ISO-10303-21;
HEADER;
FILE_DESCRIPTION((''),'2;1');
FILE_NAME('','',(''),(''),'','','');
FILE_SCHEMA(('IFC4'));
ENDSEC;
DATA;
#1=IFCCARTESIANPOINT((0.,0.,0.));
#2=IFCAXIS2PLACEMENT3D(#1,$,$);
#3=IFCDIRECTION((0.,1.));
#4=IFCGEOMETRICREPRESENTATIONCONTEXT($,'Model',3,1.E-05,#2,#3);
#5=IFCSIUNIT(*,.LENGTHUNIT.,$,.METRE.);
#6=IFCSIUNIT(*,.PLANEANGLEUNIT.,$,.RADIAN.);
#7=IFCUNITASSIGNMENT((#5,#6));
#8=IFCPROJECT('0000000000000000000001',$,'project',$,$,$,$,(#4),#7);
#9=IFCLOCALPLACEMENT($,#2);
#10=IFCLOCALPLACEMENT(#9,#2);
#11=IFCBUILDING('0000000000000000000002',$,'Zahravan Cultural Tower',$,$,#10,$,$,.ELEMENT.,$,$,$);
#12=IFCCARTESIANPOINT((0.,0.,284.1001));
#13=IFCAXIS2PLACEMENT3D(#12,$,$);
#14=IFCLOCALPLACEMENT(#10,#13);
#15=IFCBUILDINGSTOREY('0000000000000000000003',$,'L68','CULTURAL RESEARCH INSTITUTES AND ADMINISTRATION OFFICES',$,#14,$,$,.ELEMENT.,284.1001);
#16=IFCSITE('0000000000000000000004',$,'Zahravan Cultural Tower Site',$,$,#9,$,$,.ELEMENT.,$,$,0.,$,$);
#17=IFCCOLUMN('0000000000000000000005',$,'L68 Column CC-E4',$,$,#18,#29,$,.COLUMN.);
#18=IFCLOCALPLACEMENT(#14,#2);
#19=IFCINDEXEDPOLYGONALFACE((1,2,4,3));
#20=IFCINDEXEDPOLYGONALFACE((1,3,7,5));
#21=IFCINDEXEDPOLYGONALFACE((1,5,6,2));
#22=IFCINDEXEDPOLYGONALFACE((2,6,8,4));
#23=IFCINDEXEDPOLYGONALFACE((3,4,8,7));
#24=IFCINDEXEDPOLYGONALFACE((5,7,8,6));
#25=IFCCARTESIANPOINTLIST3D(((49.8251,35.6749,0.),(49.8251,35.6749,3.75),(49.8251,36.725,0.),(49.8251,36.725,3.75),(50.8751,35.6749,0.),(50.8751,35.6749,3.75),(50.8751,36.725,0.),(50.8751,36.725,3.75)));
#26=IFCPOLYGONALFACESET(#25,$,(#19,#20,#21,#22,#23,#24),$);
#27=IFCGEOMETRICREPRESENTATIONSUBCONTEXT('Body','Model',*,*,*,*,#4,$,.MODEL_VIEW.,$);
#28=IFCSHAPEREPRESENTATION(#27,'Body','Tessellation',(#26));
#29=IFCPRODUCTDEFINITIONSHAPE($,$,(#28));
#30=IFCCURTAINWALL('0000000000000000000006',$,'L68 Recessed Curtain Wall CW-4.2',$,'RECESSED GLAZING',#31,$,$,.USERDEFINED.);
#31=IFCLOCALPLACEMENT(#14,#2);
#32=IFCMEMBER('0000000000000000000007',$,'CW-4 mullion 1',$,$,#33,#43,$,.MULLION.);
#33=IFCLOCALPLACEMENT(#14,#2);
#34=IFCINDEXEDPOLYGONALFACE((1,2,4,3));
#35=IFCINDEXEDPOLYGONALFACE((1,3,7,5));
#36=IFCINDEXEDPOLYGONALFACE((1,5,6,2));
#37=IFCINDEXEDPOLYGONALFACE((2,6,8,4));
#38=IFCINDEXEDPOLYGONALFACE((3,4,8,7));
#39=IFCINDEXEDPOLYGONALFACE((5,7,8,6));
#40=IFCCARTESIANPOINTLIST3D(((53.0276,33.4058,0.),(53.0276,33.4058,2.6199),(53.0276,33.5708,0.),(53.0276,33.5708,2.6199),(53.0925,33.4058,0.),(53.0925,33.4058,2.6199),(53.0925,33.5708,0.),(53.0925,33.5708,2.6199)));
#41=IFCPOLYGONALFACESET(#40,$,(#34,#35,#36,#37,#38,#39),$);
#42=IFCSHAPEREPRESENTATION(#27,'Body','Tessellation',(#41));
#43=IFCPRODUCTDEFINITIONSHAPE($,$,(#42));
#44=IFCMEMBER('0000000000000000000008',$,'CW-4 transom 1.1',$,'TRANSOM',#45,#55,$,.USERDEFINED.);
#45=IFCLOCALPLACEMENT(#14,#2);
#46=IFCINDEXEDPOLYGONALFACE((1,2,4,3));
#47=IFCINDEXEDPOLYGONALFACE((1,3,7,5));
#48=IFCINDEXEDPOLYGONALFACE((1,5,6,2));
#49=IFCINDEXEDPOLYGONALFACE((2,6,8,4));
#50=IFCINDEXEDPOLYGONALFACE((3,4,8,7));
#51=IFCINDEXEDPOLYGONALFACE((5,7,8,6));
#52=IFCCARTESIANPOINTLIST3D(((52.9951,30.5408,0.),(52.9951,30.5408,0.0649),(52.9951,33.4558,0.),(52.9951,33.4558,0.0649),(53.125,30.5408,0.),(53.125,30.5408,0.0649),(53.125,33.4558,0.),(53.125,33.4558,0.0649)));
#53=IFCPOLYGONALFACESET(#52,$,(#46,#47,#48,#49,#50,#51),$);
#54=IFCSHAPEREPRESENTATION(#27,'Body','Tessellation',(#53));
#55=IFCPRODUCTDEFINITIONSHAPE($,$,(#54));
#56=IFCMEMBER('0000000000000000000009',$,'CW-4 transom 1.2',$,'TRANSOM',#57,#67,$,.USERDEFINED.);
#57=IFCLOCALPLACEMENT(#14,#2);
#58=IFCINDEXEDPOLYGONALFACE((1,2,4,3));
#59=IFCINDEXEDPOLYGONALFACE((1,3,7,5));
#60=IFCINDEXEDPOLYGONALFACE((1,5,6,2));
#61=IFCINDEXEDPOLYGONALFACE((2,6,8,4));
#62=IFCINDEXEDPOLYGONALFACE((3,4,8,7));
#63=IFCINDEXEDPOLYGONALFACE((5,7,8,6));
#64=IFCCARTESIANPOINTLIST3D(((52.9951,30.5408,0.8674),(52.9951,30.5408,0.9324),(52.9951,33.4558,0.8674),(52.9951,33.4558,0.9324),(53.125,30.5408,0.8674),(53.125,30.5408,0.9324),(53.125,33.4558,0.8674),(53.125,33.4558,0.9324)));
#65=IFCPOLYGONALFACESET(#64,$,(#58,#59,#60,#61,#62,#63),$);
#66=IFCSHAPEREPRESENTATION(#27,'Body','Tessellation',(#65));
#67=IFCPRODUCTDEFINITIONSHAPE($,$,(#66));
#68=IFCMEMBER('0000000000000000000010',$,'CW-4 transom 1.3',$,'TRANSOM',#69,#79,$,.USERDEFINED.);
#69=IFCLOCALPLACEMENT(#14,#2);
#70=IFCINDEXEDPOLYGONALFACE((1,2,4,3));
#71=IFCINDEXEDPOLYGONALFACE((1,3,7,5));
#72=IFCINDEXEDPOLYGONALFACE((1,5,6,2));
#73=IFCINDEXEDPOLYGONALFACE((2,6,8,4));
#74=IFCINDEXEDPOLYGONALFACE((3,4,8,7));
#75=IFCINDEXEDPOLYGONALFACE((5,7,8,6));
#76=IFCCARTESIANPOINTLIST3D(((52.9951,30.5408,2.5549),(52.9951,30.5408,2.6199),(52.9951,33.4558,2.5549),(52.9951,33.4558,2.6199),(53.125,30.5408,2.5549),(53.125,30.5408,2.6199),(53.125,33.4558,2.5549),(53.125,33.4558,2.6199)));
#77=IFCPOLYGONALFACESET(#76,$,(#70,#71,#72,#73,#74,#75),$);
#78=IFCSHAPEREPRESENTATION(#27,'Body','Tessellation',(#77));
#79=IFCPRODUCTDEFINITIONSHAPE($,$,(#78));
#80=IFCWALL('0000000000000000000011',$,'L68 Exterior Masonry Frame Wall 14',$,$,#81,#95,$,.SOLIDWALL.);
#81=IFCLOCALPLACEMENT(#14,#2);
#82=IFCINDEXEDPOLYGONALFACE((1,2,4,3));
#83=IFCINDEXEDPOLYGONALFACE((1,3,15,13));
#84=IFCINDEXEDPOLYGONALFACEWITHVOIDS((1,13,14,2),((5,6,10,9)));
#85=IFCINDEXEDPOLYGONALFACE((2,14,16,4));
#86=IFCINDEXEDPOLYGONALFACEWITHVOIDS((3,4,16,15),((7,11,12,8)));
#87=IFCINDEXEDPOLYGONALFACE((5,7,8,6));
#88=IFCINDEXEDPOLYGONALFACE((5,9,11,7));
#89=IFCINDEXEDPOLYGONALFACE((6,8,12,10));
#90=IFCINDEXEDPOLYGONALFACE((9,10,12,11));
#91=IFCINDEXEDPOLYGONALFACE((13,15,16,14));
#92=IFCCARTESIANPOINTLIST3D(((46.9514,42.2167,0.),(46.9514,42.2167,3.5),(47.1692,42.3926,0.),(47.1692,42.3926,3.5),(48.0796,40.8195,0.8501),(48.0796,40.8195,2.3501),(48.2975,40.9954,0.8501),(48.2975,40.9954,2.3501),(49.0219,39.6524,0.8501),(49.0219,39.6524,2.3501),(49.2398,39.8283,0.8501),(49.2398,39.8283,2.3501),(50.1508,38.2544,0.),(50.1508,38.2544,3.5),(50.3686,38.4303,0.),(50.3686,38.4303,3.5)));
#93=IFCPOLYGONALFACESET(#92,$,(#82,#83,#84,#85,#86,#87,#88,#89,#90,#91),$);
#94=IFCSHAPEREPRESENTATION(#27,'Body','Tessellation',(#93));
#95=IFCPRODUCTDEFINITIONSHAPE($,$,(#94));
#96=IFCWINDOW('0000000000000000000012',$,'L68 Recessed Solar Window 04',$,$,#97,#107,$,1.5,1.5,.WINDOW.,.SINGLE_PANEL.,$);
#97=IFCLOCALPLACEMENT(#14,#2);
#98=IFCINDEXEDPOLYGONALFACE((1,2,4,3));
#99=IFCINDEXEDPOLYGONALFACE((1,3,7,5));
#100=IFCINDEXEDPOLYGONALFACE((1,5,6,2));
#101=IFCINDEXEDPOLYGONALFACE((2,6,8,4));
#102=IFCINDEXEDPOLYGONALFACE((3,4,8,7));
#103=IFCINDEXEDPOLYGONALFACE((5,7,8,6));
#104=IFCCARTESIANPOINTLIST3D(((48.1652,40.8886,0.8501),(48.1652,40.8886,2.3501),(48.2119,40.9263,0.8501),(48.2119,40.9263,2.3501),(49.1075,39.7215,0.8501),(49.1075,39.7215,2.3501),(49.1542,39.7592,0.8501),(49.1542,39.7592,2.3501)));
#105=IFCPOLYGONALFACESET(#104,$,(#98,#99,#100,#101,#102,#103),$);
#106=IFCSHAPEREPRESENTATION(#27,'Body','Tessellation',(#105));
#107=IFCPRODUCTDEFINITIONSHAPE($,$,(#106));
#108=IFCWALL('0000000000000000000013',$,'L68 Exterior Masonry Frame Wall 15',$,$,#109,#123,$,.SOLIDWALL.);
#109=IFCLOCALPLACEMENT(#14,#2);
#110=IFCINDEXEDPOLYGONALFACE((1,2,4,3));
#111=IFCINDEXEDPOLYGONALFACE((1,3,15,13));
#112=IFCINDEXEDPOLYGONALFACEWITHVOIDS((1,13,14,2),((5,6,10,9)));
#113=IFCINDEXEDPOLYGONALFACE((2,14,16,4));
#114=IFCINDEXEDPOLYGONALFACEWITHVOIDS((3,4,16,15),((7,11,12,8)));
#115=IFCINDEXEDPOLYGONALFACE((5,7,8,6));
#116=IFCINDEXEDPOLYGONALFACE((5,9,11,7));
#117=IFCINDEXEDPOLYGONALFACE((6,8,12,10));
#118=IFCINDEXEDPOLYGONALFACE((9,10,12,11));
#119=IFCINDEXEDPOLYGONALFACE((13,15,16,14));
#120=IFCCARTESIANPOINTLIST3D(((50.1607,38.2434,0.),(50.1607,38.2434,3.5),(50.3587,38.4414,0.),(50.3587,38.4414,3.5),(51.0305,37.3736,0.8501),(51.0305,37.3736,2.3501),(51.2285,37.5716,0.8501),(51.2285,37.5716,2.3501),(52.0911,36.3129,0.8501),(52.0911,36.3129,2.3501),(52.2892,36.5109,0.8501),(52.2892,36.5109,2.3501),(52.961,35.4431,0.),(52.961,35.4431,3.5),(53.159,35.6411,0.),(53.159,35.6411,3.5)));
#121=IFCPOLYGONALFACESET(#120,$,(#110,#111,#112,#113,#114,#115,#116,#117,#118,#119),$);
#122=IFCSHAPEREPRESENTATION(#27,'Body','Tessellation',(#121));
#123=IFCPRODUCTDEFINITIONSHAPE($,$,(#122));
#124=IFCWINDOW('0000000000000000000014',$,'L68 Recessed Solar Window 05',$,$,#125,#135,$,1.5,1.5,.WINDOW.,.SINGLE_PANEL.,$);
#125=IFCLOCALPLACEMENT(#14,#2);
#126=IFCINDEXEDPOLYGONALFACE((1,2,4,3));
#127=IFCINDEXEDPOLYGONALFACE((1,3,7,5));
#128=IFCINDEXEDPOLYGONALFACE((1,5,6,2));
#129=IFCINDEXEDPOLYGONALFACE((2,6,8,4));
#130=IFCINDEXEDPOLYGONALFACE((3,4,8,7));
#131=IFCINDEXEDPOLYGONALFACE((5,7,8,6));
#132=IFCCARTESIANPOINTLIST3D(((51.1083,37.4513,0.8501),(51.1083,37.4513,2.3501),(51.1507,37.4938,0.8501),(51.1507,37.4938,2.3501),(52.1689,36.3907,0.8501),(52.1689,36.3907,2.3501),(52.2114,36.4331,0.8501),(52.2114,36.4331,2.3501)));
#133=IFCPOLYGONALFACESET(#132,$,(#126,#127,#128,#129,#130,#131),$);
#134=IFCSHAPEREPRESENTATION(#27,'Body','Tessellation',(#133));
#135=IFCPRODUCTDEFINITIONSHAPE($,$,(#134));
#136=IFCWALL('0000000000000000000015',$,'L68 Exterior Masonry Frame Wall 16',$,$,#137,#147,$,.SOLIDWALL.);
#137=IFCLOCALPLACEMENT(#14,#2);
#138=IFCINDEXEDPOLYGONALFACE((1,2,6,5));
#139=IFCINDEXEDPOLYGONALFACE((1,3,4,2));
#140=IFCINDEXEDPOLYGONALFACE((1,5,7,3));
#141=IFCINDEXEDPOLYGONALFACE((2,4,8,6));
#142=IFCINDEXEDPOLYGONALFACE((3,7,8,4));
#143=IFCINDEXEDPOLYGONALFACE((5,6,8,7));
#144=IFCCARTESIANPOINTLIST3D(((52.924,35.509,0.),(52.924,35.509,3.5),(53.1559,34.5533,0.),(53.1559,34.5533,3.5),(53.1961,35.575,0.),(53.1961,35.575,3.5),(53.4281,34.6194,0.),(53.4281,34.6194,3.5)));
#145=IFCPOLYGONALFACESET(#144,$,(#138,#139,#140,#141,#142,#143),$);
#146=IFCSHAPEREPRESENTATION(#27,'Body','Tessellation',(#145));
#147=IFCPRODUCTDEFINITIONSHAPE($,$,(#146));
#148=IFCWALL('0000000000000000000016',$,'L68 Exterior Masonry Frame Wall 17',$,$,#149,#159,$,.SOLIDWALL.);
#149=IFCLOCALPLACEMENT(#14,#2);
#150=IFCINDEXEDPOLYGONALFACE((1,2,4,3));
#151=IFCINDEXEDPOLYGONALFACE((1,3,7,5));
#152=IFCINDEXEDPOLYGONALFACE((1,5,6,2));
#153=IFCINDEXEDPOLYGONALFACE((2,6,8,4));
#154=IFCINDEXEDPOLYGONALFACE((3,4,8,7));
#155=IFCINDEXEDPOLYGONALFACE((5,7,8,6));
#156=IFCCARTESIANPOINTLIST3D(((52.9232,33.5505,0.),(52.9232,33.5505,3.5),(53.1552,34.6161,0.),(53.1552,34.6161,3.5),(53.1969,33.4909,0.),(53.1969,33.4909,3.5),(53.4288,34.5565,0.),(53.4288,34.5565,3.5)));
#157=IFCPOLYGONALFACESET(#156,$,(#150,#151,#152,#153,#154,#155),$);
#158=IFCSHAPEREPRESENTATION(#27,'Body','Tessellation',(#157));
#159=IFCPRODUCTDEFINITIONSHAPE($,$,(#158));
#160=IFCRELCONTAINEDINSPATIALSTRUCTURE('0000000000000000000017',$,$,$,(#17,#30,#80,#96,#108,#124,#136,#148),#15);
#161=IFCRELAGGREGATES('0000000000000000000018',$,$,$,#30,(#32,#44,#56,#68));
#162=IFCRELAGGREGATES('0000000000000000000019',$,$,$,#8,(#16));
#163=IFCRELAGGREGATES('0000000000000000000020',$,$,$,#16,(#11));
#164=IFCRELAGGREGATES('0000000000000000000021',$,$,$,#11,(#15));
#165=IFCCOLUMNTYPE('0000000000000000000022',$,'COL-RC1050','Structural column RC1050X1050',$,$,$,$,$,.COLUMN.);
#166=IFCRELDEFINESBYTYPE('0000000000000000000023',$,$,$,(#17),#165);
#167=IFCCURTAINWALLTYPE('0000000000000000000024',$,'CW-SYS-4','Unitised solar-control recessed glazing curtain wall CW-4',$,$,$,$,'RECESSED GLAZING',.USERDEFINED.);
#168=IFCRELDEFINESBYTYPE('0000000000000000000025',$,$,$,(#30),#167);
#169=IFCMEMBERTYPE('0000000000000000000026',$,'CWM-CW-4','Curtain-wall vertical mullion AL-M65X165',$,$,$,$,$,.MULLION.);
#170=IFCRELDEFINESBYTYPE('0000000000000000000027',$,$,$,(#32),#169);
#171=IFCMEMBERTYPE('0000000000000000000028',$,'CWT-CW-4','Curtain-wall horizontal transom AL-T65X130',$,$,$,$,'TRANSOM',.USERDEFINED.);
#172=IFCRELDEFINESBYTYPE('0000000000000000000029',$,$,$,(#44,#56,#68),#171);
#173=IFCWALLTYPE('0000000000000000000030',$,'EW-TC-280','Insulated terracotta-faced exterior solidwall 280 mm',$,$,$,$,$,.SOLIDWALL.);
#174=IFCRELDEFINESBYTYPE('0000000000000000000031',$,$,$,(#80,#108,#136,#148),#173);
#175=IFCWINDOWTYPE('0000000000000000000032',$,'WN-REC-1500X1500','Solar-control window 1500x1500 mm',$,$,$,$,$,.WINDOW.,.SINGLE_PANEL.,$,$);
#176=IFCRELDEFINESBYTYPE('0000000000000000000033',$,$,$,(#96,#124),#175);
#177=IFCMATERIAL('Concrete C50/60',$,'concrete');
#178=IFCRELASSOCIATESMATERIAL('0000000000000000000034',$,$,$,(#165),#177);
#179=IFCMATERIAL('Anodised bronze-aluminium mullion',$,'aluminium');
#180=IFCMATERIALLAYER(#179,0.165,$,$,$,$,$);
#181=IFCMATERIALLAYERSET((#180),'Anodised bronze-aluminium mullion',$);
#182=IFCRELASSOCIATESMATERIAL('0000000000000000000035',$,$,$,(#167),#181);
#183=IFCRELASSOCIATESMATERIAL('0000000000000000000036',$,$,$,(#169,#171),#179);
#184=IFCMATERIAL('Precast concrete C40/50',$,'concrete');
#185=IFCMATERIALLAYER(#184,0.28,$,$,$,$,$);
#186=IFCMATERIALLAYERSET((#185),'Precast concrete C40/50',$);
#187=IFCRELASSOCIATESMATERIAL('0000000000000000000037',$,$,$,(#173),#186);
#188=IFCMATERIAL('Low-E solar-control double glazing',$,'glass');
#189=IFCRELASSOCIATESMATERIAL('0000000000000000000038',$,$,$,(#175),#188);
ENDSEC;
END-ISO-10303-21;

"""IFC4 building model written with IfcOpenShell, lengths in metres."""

from ifc_helpers import new_model, si_unit, direction, frame, frame_2d, origin, origin_2d, place, context, subcontext, project, spatial, rectangle, extrude, source, transform, mapped, material, layer, layer_set, material_profile, profile_set, type_object, element, fill, aggregate, save


model = new_model("IFC4")

# Units and contexts
model_context = context("Model", 3, precision=1e-05, world=origin(), true_north=direction((0.0, 1.0)))
body_context = subcontext(model_context, "Body", "Model", "MODEL_VIEW")
ifc_project = project(units=[si_unit("LENGTHUNIT", "METRE"), si_unit("PLANEANGLEUNIT", "RADIAN")], contexts=[model_context])

# Site, building, storey
site_placement = place(None, origin())
site = spatial("IfcSite", under=ifc_project, at=site_placement, Name="Zahravan Cultural Tower Site", CompositionType="ELEMENT", RefElevation=0.0)
building_placement = place(site_placement, origin())
building = spatial("IfcBuilding", under=site, at=building_placement, Name="Zahravan Cultural Tower", CompositionType="ELEMENT")
storey_placement = place(building_placement, frame((0.0, 0.0, 284.1001)))
storey = spatial("IfcBuildingStorey", under=building, at=storey_placement, Name="L68", Description="CULTURAL RESEARCH INSTITUTES AND ADMINISTRATION OFFICES", CompositionType="ELEMENT", Elevation=284.1001)

# Column
ifc_material_1 = material(Name="Concrete C50/60", Category="concrete")
ifc_material_profile_1 = material_profile(ifc_material_1, rectangle(XDim=1.05, YDim=1.05, at=origin_2d()), Name="RC1050X1050")
ifc_profile_set_1 = profile_set([ifc_material_profile_1], Name="Concrete C50/60")
column_type = type_object("IfcColumnType", Name="COL-RC1050", Description="Structural column RC1050X1050", PredefinedType="COLUMN", material=ifc_profile_set_1)
shared_shape_1 = source(origin(), body_context, "Body", "SweptSolid", [
    extrude(rectangle(XDim=1.05, YDim=1.05, at=origin_2d()), origin(), (0.0, 0.0, 1.0), 3.75),
])
column_placement = place(storey_placement, frame((50.3501, 36.2, 0.0), z_axis=(0.0, 0.0, 1.0), x_axis=(1.0, 0.0, 0.0)))
element("IfcColumn", 1, at=column_placement, inside=storey, type_object=column_type, Name="L68 Column CC-E4", PredefinedType="COLUMN", context=body_context, shape_type="MappedRepresentation", body=[
    mapped(shared_shape_1, transform((0.0, 0.0, 0.0), x_axis=(1.0, 0.0, 0.0), y_axis=(0.0, 1.0, 0.0), z_axis=(0.0, 0.0, 1.0), scale=1.0)),
])

# Curtain wall, members
ifc_material_2 = material(Name="Anodised bronze-aluminium mullion", Category="aluminium")
ifc_layer_1 = layer(ifc_material_2, 0.165)
ifc_layer_set_1 = layer_set([ifc_layer_1], Name="Anodised bronze-aluminium mullion")
curtain_wall_type = type_object("IfcCurtainWallType", Name="CW-SYS-4", Description="Unitised solar-control recessed glazing curtain wall CW-4", ElementType="RECESSED GLAZING", PredefinedType="USERDEFINED", material=ifc_layer_set_1)
curtain_wall_placement = place(storey_placement, origin())
curtain_wall = element("IfcCurtainWall", 2, at=curtain_wall_placement, inside=storey, type_object=curtain_wall_type, Name="L68 Recessed Curtain Wall CW-4.2", ObjectType="RECESSED GLAZING", PredefinedType="USERDEFINED")
ifc_material_profile_2 = material_profile(ifc_material_2, rectangle(XDim=0.0649, YDim=0.165, at=origin_2d()), Name="AL-M65X165")
ifc_profile_set_2 = profile_set([ifc_material_profile_2], Name="Anodised bronze-aluminium mullion")
member_type_1 = type_object("IfcMemberType", Name="CWM-CW-4", Description="Curtain-wall vertical mullion AL-M65X165", PredefinedType="MULLION", material=ifc_profile_set_2)
shared_shape_2 = source(origin(), body_context, "Body", "SweptSolid", [
    extrude(rectangle(XDim=0.0649, YDim=0.165, at=origin_2d()), origin(), (0.0, 0.0, 1.0), 2.6199),
])
member_1_placement = place(storey_placement, frame((53.0601, 33.4883, 0.0), z_axis=(0.0, 0.0, 1.0), x_axis=(1.0, 0.0, 0.0)))
member_1 = element("IfcMember", 3, at=member_1_placement, type_object=member_type_1, Name="CW-4 mullion 1", PredefinedType="MULLION", context=body_context, shape_type="MappedRepresentation", body=[
    mapped(shared_shape_2, transform((0.0, 0.0, 0.0), x_axis=(1.0, 0.0, 0.0), y_axis=(0.0, 1.0, 0.0), z_axis=(0.0, 0.0, 1.0), scale=1.0)),
])
ifc_material_profile_3 = material_profile(ifc_material_2, rectangle(XDim=0.1299, YDim=0.0649, at=origin_2d()), Name="AL-T65X130")
ifc_profile_set_3 = profile_set([ifc_material_profile_3], Name="Anodised bronze-aluminium mullion")
member_type_2 = type_object("IfcMemberType", Name="CWT-CW-4", Description="Curtain-wall horizontal transom AL-T65X130", ElementType="TRANSOM", PredefinedType="USERDEFINED", material=ifc_profile_set_3)
shared_shape_3 = source(origin(), body_context, "Body", "SweptSolid", [
    extrude(rectangle(XDim=0.1299, YDim=0.0649, at=origin_2d()), origin(), (0.0, 0.0, 1.0), 2.915),
])
member_2_placement = place(storey_placement, frame((53.0601, 33.4558, 0.0325), z_axis=(0.0, -1.0, 0.0), x_axis=(1.0, 0.0, 0.0)))
member_2 = element("IfcMember", 4, at=member_2_placement, type_object=member_type_2, Name="CW-4 transom 1.1", ObjectType="TRANSOM", PredefinedType="USERDEFINED", context=body_context, shape_type="MappedRepresentation", body=[
    mapped(shared_shape_3, transform((0.0, 0.0, 0.0), x_axis=(1.0, 0.0, 0.0), y_axis=(0.0, 1.0, 0.0), z_axis=(0.0, 0.0, 1.0), scale=1.0)),
])
member_3_placement = place(storey_placement, frame((53.0601, 33.4558, 0.8999), z_axis=(0.0, -1.0, 0.0), x_axis=(1.0, 0.0, 0.0)))
member_3 = element("IfcMember", 5, at=member_3_placement, type_object=member_type_2, Name="CW-4 transom 1.2", ObjectType="TRANSOM", PredefinedType="USERDEFINED", context=body_context, shape_type="MappedRepresentation", body=[
    mapped(shared_shape_3, transform((0.0, 0.0, 0.0), x_axis=(1.0, 0.0, 0.0), y_axis=(0.0, 1.0, 0.0), z_axis=(0.0, 0.0, 1.0), scale=1.0)),
])
member_4_placement = place(storey_placement, frame((53.0601, 33.4558, 2.5874), z_axis=(0.0, -1.0, 0.0), x_axis=(1.0, 0.0, 0.0)))
member_4 = element("IfcMember", 6, at=member_4_placement, type_object=member_type_2, Name="CW-4 transom 1.3", ObjectType="TRANSOM", PredefinedType="USERDEFINED", context=body_context, shape_type="MappedRepresentation", body=[
    mapped(shared_shape_3, transform((0.0, 0.0, 0.0), x_axis=(1.0, 0.0, 0.0), y_axis=(0.0, 1.0, 0.0), z_axis=(0.0, 0.0, 1.0), scale=1.0)),
])
aggregate(curtain_wall, [member_1, member_2, member_3, member_4])

# Walls, openings, windows
ifc_material_3 = material(Name="Precast concrete C40/50", Category="concrete")
ifc_layer_2 = layer(ifc_material_3, 0.28)
ifc_layer_set_2 = layer_set([ifc_layer_2], Name="Precast concrete C40/50")
wall_type_1 = type_object("IfcWallType", Name="EW-TC-280", Description="Insulated terracotta-faced exterior solidwall 280 mm", PredefinedType="SOLIDWALL", material=ifc_layer_set_2)
wall_1_placement = place(storey_placement, frame((47.0603, 42.3047, 0.0), z_axis=(0.0, 0.0, 1.0), x_axis=(0.628226, -0.778031, 0.0)))
wall_1 = element("IfcWall", 7, at=wall_1_placement, inside=storey, type_object=wall_type_1, Name="L68 Exterior Masonry Frame Wall 14", PredefinedType="SOLIDWALL", context=body_context, shape_type="SweptSolid", body=[
    extrude(rectangle(XDim=5.0928, YDim=0.28, at=frame_2d((2.5464, 0.0))), origin(), (0.0, 0.0, 1.0), 3.5),
])
opening_1_placement = place(wall_1_placement, frame((1.7959, 0.0, 0.8501)))
opening_1 = element("IfcOpeningElement", 8, at=opening_1_placement, cuts=wall_1, PredefinedType="OPENING", context=body_context, shape_type="SweptSolid", body=[
    extrude(rectangle(XDim=1.5, YDim=1.5, at=frame_2d((0.75, 0.75))), frame((0.0, 0.1499, 0.0), z_axis=(0.0, -1.0, 0.0), x_axis=(1.0, 0.0, 0.0)), (0.0, 0.0, 1.0), 0.3),
])
ifc_material_4 = material(Name="Low-E solar-control double glazing", Category="glass")
window_type = type_object("IfcWindowType", Name="WN-REC-1500X1500", Description="Solar-control window 1500x1500 mm", PartitioningType="SINGLE_PANEL", PredefinedType="WINDOW", material=ifc_material_4)
shared_shape_4 = source(origin(), body_context, "Body", "SweptSolid", [
    extrude(rectangle(XDim=1.5, YDim=1.5, at=frame_2d((0.75, 0.75))), frame((0.0, 0.03, 0.0), z_axis=(0.0, -1.0, 0.0), x_axis=(1.0, 0.0, 0.0)), (0.0, 0.0, 1.0), 0.0601),
])
window_1_placement = place(opening_1_placement, origin())
window_1 = element("IfcWindow", 9, at=window_1_placement, inside=storey, type_object=window_type, Name="L68 Recessed Solar Window 04", OverallHeight=1.5, OverallWidth=1.5, PartitioningType="SINGLE_PANEL", PredefinedType="WINDOW", context=body_context, shape_type="MappedRepresentation", body=[
    mapped(shared_shape_4, transform((0.0, 0.0, 0.0), x_axis=(1.0, 0.0, 0.0), y_axis=(0.0, 1.0, 0.0), z_axis=(0.0, 0.0, 1.0), scale=1.0)),
])
fill(opening_1, window_1)
wall_2_placement = place(storey_placement, frame((50.2598, 38.3423, 0.0), z_axis=(0.0, 0.0, 1.0), x_axis=(0.707107, -0.707107, 0.0)))
wall_2 = element("IfcWall", 10, at=wall_2_placement, inside=storey, type_object=wall_type_1, Name="L68 Exterior Masonry Frame Wall 15", PredefinedType="SOLIDWALL", context=body_context, shape_type="SweptSolid", body=[
    extrude(rectangle(XDim=3.9602, YDim=0.28, at=frame_2d((1.98, 0.0))), origin(), (0.0, 0.0, 1.0), 3.5),
])
opening_2_placement = place(wall_2_placement, frame((1.23, 0.0, 0.8501)))
opening_2 = element("IfcOpeningElement", 11, at=opening_2_placement, cuts=wall_2, PredefinedType="OPENING", context=body_context, shape_type="SweptSolid", body=[
    extrude(rectangle(XDim=1.5, YDim=1.5, at=frame_2d((0.75, 0.75))), frame((0.0, 0.1499, 0.0), z_axis=(0.0, -1.0, 0.0), x_axis=(1.0, 0.0, 0.0)), (0.0, 0.0, 1.0), 0.3),
])
window_2_placement = place(opening_2_placement, origin())
window_2 = element("IfcWindow", 12, at=window_2_placement, inside=storey, type_object=window_type, Name="L68 Recessed Solar Window 05", OverallHeight=1.5, OverallWidth=1.5, PartitioningType="SINGLE_PANEL", PredefinedType="WINDOW", context=body_context, shape_type="MappedRepresentation", body=[
    mapped(shared_shape_4, transform((0.0, 0.0, 0.0), x_axis=(1.0, 0.0, 0.0), y_axis=(0.0, 1.0, 0.0), z_axis=(0.0, 0.0, 1.0), scale=1.0)),
])
fill(opening_2, window_2)

# Walls
shared_shape_5 = source(origin(), body_context, "Body", "SweptSolid", [
    extrude(rectangle(XDim=0.9834, YDim=0.28, at=frame_2d((0.4917, 0.0))), origin(), (0.0, 0.0, 1.0), 3.5),
])
wall_3_placement = place(storey_placement, frame((53.0601, 35.542, 0.0), z_axis=(0.0, 0.0, 1.0), x_axis=(0.23587, -0.971785, 0.0)))
element("IfcWall", 13, at=wall_3_placement, inside=storey, type_object=wall_type_1, Name="L68 Exterior Masonry Frame Wall 16", PredefinedType="SOLIDWALL", context=body_context, shape_type="MappedRepresentation", body=[
    mapped(shared_shape_5, transform((0.0, 0.0, 0.0), x_axis=(1.0, 0.0, 0.0), y_axis=(0.0, 1.0, 0.0), z_axis=(0.0, 0.0, 1.0), scale=1.0)),
])
shared_shape_6 = source(origin(), body_context, "Body", "SweptSolid", [
    extrude(rectangle(XDim=1.0906, YDim=0.28, at=frame_2d((0.5454, 0.0))), origin(), (0.0, 0.0, 1.0), 3.5),
])
wall_4_placement = place(storey_placement, frame((53.292, 34.5864, 0.0), z_axis=(0.0, 0.0, 1.0), x_axis=(-0.212662, -0.977126, 0.0)))
element("IfcWall", 14, at=wall_4_placement, inside=storey, type_object=wall_type_1, Name="L68 Exterior Masonry Frame Wall 17", PredefinedType="SOLIDWALL", context=body_context, shape_type="MappedRepresentation", body=[
    mapped(shared_shape_6, transform((0.0, 0.0, 0.0), x_axis=(1.0, 0.0, 0.0), y_axis=(0.0, 1.0, 0.0), z_axis=(0.0, 0.0, 1.0), scale=1.0)),
])

save(model, "model.ifc")
